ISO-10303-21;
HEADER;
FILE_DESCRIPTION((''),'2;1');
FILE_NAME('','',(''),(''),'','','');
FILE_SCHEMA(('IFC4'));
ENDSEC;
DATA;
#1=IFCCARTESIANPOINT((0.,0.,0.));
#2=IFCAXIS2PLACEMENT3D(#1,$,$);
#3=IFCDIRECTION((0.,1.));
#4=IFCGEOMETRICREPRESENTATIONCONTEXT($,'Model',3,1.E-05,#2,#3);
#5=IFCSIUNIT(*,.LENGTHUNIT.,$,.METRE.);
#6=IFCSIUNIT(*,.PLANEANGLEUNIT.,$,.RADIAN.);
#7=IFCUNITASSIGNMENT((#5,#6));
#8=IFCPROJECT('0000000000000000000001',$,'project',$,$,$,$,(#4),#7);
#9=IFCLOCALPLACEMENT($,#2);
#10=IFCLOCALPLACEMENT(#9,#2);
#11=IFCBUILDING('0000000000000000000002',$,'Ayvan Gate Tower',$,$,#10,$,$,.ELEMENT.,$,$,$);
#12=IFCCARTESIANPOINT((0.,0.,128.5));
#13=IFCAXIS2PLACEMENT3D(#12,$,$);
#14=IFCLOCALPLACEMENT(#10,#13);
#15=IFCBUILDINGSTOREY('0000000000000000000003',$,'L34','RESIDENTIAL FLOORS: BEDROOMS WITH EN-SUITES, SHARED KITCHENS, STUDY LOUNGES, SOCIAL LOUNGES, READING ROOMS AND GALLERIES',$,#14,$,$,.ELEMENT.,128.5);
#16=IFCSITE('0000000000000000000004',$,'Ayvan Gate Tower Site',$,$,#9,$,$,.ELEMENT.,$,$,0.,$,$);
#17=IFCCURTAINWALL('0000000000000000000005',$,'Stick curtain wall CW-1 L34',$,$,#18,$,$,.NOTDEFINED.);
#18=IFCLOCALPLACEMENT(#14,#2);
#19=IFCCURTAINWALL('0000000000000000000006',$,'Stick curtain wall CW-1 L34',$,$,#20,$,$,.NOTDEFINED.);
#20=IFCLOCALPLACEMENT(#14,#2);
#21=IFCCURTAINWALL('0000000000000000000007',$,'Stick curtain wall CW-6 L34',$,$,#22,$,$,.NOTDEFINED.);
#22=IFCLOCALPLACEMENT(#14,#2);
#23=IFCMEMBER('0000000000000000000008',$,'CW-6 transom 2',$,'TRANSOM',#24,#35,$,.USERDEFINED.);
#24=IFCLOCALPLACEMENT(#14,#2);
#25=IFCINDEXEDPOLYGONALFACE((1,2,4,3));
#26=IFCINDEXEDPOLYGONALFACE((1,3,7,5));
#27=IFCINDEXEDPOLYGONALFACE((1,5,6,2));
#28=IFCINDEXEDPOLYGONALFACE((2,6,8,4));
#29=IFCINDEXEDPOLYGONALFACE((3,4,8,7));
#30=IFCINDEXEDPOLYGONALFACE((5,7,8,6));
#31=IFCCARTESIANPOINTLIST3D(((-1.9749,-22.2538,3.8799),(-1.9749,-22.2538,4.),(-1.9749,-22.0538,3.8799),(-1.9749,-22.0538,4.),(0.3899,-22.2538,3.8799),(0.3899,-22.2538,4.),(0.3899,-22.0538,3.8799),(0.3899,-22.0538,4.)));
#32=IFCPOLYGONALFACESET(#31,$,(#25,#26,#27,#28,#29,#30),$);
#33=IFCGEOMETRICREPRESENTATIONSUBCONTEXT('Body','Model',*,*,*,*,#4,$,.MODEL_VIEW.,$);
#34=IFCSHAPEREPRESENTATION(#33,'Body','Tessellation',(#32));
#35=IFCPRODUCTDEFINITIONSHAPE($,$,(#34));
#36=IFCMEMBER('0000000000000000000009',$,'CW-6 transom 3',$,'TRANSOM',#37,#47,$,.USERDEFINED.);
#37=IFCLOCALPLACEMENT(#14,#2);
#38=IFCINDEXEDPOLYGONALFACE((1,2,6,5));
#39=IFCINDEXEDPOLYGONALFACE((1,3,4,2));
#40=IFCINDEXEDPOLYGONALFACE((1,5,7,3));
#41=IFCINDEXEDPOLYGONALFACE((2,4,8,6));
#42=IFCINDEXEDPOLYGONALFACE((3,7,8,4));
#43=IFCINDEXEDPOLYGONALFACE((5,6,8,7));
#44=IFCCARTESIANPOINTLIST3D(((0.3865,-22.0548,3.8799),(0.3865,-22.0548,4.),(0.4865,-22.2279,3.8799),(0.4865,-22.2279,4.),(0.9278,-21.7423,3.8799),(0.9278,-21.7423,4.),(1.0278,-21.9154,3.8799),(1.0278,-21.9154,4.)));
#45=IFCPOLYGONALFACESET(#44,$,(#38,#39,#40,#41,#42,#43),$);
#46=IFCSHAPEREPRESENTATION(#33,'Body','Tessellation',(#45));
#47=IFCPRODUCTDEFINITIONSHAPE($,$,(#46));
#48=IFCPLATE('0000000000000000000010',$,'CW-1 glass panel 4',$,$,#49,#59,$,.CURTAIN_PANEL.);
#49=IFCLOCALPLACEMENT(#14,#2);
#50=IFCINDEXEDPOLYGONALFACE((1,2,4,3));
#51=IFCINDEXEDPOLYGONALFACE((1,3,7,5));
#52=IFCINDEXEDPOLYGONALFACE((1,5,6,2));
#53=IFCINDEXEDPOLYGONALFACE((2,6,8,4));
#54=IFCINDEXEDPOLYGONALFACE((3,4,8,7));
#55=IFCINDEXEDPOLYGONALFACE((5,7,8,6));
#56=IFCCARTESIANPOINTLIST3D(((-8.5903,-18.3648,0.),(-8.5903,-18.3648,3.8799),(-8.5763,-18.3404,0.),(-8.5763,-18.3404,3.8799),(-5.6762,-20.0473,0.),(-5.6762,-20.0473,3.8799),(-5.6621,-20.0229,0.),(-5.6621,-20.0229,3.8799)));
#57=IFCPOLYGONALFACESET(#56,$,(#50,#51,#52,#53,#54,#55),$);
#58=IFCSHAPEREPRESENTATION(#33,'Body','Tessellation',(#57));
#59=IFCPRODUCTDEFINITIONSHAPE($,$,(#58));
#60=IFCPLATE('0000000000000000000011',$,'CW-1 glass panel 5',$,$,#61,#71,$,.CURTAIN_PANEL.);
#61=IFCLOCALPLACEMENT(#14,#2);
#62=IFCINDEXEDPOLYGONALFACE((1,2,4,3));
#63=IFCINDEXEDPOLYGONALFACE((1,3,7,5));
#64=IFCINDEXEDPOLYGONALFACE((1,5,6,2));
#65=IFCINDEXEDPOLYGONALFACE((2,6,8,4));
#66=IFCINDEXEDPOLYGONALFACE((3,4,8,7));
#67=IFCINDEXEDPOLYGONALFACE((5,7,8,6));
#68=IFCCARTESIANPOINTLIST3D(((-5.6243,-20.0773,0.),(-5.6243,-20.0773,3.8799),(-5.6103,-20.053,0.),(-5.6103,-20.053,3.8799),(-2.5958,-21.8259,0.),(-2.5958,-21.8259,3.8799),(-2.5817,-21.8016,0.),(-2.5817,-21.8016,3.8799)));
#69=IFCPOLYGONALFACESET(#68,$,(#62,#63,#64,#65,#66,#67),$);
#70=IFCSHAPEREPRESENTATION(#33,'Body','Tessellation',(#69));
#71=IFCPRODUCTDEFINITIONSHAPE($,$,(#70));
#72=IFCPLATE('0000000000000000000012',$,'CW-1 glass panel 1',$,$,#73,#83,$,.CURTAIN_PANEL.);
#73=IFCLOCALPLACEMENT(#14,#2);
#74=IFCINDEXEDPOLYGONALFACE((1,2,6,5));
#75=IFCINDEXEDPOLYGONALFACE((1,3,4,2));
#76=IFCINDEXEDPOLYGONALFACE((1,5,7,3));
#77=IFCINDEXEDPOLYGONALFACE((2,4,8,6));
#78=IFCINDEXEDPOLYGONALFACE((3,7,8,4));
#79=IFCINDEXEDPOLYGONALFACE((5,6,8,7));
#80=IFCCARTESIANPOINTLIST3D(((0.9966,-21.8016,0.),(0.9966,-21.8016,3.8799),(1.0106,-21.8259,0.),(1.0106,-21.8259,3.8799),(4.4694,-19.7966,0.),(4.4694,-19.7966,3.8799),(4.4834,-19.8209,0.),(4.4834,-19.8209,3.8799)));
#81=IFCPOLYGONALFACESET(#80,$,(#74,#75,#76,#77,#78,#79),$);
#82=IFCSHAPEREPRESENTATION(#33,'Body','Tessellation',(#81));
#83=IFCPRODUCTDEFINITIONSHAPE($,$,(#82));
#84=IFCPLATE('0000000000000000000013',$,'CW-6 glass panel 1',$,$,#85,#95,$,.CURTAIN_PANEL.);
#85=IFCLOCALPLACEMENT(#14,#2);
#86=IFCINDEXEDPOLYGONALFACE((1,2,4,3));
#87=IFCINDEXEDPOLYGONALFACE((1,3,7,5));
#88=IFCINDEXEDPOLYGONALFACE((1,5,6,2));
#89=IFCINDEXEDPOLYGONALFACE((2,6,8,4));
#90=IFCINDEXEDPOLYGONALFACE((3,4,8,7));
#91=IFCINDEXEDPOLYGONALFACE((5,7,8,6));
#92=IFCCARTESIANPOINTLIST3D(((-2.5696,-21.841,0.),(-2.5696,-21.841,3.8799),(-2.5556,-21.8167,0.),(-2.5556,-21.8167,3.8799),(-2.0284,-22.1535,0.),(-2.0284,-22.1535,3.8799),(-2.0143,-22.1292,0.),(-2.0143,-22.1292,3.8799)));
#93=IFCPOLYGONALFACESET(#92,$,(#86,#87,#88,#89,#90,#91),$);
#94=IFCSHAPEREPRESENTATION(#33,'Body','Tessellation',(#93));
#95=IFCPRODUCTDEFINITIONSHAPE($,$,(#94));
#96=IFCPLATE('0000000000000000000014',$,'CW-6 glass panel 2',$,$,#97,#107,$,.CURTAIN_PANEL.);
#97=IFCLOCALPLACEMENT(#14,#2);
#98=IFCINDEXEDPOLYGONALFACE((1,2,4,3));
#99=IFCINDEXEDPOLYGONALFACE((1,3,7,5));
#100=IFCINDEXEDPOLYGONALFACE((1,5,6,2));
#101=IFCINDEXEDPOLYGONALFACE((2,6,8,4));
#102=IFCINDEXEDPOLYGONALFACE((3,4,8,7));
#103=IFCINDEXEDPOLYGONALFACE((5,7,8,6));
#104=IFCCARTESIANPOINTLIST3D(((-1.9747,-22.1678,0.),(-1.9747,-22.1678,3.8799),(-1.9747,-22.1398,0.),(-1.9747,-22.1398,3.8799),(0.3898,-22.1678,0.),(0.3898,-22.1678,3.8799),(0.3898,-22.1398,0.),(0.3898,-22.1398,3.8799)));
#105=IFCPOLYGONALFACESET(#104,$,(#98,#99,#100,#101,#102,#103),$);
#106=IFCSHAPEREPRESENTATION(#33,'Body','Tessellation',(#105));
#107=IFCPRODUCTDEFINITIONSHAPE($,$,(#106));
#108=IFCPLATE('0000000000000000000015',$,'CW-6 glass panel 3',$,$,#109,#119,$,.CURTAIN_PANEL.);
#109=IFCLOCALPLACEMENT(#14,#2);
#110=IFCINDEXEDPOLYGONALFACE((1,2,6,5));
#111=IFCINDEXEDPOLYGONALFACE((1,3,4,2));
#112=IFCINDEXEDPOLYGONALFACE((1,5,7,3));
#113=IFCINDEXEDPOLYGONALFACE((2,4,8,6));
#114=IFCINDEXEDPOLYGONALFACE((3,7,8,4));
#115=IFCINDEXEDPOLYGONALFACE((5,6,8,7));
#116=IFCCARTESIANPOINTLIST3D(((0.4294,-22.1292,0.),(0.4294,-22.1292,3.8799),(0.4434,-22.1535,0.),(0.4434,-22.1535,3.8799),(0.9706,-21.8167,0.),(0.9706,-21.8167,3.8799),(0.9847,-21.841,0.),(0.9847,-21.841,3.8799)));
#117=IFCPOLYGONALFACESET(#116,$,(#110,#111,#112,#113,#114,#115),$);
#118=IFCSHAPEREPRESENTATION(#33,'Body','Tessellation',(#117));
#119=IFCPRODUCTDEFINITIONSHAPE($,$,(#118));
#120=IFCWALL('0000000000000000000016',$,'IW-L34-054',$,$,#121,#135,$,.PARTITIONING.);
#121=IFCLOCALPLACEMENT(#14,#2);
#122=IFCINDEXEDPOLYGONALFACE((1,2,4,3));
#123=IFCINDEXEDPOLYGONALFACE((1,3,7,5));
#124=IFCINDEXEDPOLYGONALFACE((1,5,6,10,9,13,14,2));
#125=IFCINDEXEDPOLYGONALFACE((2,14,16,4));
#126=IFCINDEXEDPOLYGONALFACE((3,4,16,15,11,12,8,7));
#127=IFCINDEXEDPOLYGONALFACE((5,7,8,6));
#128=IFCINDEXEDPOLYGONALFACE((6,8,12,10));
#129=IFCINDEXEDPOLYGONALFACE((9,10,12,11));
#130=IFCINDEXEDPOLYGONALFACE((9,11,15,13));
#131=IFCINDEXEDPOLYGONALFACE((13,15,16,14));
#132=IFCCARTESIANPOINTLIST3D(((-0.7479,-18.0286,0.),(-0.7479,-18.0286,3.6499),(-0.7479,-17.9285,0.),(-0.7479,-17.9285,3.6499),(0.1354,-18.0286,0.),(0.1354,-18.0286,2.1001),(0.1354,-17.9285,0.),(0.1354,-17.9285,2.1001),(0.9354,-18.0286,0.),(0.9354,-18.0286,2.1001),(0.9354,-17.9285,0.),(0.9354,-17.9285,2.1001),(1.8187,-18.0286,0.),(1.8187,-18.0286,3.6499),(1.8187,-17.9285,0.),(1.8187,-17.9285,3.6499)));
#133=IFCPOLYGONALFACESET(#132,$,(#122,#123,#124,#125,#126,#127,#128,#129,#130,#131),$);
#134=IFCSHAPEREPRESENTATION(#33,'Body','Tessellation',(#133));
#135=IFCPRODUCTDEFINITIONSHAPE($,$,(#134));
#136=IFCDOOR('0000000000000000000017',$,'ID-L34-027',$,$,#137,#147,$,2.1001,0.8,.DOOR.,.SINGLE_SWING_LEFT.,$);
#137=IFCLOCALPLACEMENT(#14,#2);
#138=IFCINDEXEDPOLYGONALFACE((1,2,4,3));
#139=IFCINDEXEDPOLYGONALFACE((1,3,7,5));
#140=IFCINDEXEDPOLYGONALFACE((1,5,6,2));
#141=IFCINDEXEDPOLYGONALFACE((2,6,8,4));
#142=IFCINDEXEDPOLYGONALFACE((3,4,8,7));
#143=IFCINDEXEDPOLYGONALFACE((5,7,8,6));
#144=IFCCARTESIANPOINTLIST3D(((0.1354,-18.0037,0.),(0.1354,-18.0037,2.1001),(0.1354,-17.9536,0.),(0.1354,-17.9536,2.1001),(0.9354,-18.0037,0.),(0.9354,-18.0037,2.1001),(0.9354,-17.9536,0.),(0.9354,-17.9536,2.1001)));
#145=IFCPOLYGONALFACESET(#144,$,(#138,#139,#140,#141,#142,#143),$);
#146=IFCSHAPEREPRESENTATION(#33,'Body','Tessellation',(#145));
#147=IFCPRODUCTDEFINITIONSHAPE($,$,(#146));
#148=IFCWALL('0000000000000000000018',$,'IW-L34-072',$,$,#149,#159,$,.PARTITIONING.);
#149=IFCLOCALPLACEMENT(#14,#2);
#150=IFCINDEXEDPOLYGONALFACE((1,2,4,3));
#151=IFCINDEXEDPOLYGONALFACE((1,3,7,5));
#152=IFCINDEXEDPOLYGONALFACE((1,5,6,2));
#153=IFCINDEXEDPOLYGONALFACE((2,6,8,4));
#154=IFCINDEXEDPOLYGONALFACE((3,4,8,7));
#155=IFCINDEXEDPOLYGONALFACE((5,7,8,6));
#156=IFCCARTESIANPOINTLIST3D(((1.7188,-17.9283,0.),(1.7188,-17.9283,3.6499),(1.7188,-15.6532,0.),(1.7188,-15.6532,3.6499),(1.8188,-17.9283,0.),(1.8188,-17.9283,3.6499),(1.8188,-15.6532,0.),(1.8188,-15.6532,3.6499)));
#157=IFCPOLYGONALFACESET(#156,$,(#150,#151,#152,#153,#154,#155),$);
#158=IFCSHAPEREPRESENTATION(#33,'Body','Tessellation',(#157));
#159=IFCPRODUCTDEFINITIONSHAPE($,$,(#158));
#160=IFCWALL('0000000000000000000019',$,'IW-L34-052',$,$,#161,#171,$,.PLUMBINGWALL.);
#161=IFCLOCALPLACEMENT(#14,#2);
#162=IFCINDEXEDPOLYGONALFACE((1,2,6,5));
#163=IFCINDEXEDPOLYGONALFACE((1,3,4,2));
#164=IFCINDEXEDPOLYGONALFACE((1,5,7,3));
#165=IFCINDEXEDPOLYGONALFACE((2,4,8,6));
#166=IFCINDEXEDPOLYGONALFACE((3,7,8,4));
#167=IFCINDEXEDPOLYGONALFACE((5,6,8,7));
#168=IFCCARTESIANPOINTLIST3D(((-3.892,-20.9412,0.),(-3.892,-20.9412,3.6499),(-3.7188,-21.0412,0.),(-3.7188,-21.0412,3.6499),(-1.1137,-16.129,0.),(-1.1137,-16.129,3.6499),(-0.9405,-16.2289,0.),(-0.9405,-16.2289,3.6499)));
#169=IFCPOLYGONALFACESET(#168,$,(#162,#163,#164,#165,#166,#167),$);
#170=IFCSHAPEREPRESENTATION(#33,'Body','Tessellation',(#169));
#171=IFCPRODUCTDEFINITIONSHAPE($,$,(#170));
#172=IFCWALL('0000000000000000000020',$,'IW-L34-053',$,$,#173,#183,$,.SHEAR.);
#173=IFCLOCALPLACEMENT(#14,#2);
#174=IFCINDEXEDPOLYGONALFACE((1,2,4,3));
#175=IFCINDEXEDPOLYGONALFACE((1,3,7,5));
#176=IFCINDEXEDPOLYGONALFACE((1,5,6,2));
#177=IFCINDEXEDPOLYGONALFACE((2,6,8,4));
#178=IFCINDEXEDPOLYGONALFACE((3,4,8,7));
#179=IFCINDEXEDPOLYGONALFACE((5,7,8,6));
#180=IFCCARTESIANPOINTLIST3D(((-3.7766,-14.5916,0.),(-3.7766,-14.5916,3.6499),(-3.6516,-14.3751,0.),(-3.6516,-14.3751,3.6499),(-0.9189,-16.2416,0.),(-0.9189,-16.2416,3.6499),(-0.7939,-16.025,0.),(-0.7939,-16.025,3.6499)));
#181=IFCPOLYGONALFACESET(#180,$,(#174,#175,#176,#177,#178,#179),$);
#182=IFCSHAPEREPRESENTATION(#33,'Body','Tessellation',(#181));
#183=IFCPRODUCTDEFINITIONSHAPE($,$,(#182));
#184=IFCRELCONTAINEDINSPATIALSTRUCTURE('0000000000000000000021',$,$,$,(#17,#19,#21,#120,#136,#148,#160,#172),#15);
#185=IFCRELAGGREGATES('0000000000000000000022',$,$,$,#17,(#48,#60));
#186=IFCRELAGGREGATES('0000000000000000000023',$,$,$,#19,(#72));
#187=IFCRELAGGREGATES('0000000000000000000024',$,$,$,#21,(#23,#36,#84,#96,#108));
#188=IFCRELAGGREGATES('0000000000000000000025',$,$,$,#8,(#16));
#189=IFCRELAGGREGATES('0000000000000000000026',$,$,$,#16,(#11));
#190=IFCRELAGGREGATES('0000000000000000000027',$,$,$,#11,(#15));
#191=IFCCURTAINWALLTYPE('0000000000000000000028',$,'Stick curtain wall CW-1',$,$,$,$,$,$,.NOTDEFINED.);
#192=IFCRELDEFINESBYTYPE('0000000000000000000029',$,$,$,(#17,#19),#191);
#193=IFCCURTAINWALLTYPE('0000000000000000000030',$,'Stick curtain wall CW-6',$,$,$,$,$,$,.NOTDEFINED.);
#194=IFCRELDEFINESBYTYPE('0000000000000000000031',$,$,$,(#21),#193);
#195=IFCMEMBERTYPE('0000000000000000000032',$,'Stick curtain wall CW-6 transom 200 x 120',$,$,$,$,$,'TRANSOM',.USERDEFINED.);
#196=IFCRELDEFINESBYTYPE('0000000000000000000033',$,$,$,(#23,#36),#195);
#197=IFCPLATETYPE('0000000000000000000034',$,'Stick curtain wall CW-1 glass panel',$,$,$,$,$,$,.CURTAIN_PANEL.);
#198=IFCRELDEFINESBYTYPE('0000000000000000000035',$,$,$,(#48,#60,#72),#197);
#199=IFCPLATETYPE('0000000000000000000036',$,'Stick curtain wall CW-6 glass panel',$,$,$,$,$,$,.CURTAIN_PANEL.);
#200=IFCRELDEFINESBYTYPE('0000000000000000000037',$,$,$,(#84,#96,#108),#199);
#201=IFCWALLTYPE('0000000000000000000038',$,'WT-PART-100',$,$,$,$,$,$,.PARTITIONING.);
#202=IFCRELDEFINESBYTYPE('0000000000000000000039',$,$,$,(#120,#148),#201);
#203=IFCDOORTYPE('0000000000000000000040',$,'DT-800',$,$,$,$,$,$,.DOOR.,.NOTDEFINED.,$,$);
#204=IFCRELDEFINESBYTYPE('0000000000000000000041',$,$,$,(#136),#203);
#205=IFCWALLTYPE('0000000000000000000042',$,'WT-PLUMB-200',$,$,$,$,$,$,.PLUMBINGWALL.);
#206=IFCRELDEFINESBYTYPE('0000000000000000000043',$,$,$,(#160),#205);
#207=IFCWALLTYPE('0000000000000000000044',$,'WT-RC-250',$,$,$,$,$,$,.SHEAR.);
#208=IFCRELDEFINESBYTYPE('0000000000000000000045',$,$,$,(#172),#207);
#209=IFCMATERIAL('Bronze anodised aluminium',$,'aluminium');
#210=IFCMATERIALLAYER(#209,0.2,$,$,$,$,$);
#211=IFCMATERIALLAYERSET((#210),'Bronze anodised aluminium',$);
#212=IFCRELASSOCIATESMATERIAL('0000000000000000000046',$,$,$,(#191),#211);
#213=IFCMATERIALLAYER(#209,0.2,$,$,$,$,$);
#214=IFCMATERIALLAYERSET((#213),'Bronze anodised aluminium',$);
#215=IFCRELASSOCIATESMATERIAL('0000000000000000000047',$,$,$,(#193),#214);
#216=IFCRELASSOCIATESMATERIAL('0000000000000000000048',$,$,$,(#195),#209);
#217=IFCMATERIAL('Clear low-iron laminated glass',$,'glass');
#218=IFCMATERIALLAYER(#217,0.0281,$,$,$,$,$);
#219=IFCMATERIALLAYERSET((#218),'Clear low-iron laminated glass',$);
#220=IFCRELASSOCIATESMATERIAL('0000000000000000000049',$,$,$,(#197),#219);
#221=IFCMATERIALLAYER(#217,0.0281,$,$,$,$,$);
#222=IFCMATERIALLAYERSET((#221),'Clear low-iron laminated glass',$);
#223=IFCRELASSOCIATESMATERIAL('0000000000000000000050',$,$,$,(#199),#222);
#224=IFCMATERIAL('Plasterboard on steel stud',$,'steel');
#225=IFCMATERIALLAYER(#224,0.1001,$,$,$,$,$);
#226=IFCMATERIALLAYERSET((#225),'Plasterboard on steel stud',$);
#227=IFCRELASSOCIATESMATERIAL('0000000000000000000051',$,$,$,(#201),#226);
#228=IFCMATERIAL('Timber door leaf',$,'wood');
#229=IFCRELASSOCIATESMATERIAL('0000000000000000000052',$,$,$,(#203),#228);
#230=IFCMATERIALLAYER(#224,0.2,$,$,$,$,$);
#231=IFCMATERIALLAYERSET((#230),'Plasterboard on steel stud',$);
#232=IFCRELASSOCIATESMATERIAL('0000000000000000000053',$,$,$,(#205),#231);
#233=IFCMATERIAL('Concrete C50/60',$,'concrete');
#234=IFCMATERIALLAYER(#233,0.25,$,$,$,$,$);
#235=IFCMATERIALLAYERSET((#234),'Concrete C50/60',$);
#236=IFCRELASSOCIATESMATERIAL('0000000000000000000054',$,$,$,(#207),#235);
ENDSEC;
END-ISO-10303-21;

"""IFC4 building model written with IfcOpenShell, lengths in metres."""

from ifc_helpers import new_model, si_unit, direction, frame, frame_2d, origin, origin_2d, place, context, subcontext, project, spatial, rectangle, extrude, material, layer, layer_set, material_profile, profile_set, type_object, element, fill, aggregate, save


model = new_model("IFC4")

# Units and contexts
model_context = context("Model", 3, precision=1e-05, world=origin(), true_north=direction((0.0, 1.0)))
body_context = subcontext(model_context, "Body", "Model", "MODEL_VIEW")
ifc_project = project(units=[si_unit("LENGTHUNIT", "METRE"), si_unit("PLANEANGLEUNIT", "RADIAN")], contexts=[model_context])

# Site, building, storey
site_placement = place(None, origin())
site = spatial("IfcSite", under=ifc_project, at=site_placement, Name="Ayvan Gate Tower Site", CompositionType="ELEMENT", RefElevation=0.0)
building_placement = place(site_placement, origin())
building = spatial("IfcBuilding", under=site, at=building_placement, Name="Ayvan Gate Tower", CompositionType="ELEMENT")
storey_placement = place(building_placement, frame((0.0, 0.0, 128.5)))
storey = spatial("IfcBuildingStorey", under=building, at=storey_placement, Name="L34", Description="RESIDENTIAL FLOORS: BEDROOMS WITH EN-SUITES, SHARED KITCHENS, STUDY LOUNGES, SOCIAL LOUNGES, READING ROOMS AND GALLERIES", CompositionType="ELEMENT", Elevation=128.5)

# Curtain wall
ifc_material_1 = material(Name="Bronze anodised aluminium", Category="aluminium")
ifc_layer_1 = layer(ifc_material_1, 0.2)
ifc_layer_set_1 = layer_set([ifc_layer_1], Name="Bronze anodised aluminium")
curtain_wall_type_1 = type_object("IfcCurtainWallType", Name="Stick curtain wall CW-1", PredefinedType="NOTDEFINED", material=ifc_layer_set_1)
curtain_wall_1_placement = place(storey_placement, origin())
curtain_wall_1 = element("IfcCurtainWall", 1, at=curtain_wall_1_placement, inside=storey, type_object=curtain_wall_type_1, Name="Stick curtain wall CW-1 L34", PredefinedType="NOTDEFINED")

# Curtain wall
curtain_wall_2_placement = place(storey_placement, origin())
curtain_wall_2 = element("IfcCurtainWall", 2, at=curtain_wall_2_placement, inside=storey, type_object=curtain_wall_type_1, Name="Stick curtain wall CW-1 L34", PredefinedType="NOTDEFINED")

# Curtain wall, members
ifc_layer_2 = layer(ifc_material_1, 0.2)
ifc_layer_set_2 = layer_set([ifc_layer_2], Name="Bronze anodised aluminium")
curtain_wall_type_2 = type_object("IfcCurtainWallType", Name="Stick curtain wall CW-6", PredefinedType="NOTDEFINED", material=ifc_layer_set_2)
curtain_wall_3_placement = place(storey_placement, origin())
curtain_wall_3 = element("IfcCurtainWall", 3, at=curtain_wall_3_placement, inside=storey, type_object=curtain_wall_type_2, Name="Stick curtain wall CW-6 L34", PredefinedType="NOTDEFINED")
ifc_material_profile_1 = material_profile(ifc_material_1, rectangle(XDim=0.2, YDim=0.1201, at=origin_2d()), Name="Stick curtain wall CW-6 transom 200 x 120")
ifc_profile_set_1 = profile_set([ifc_material_profile_1], Name="Bronze anodised aluminium")
member_type_1 = type_object("IfcMemberType", Name="Stick curtain wall CW-6 transom 200 x 120", ElementType="TRANSOM", PredefinedType="USERDEFINED", material=ifc_profile_set_1)
member_1_placement = place(storey_placement, frame((-1.9749, -22.1538, 3.9399), z_axis=(1.0, 0.0, 0.0), x_axis=(0.0, 1.0, 0.0)))
member_1 = element("IfcMember", 4, at=member_1_placement, type_object=member_type_1, Name="CW-6 transom 2", ObjectType="TRANSOM", PredefinedType="USERDEFINED", context=body_context, shape_type="SweptSolid", body=[
    extrude(rectangle(XDim=0.2, YDim=0.1201, at=origin_2d()), origin(), (0.0, 0.0, 1.0), 2.3647),
])
member_2_placement = place(storey_placement, frame((0.4365, -22.1414, 3.9399), z_axis=(0.866023, 0.500004, 0.0), x_axis=(-0.500004, 0.866023, 0.0)))
member_2 = element("IfcMember", 5, at=member_2_placement, type_object=member_type_1, Name="CW-6 transom 3", ObjectType="TRANSOM", PredefinedType="USERDEFINED", context=body_context, shape_type="SweptSolid", body=[
    extrude(rectangle(XDim=0.2, YDim=0.1201, at=origin_2d()), origin(), (0.0, 0.0, 1.0), 0.625),
])

# Plates
ifc_material_2 = material(Name="Clear low-iron laminated glass", Category="glass")
ifc_layer_3 = layer(ifc_material_2, 0.0281)
ifc_layer_set_3 = layer_set([ifc_layer_3], Name="Clear low-iron laminated glass")
plate_type_1 = type_object("IfcPlateType", Name="Stick curtain wall CW-1 glass panel", PredefinedType="CURTAIN_PANEL", material=ifc_layer_set_3)
plate_1_placement = place(storey_placement, frame((-7.1262, -19.1938, 0.0), z_axis=(0.0, 0.0, 1.0), x_axis=(0.866025, -0.5, 0.0)))
plate_1 = element("IfcPlate", 6, at=plate_1_placement, type_object=plate_type_1, Name="CW-1 glass panel 4", PredefinedType="CURTAIN_PANEL", context=body_context, shape_type="SweptSolid", body=[
    extrude(rectangle(XDim=3.365, YDim=0.0281, at=origin_2d()), origin(), (0.0, 0.0, 1.0), 3.8799),
])
plate_2_placement = place(storey_placement, frame((-4.103, -20.9395, 0.0), z_axis=(0.0, 0.0, 1.0), x_axis=(0.866025, -0.5, 0.0)))
plate_2 = element("IfcPlate", 7, at=plate_2_placement, type_object=plate_type_1, Name="CW-1 glass panel 5", PredefinedType="CURTAIN_PANEL", context=body_context, shape_type="SweptSolid", body=[
    extrude(rectangle(XDim=3.4971, YDim=0.0281, at=origin_2d()), origin(), (0.0, 0.0, 1.0), 3.8799),
])
aggregate(curtain_wall_1, [plate_1, plate_2])
plate_3_placement = place(storey_placement, frame((2.74, -20.8113, 0.0), z_axis=(0.0, 0.0, 1.0), x_axis=(0.866025, 0.5, 0.0)))
plate_3 = element("IfcPlate", 8, at=plate_3_placement, type_object=plate_type_1, Name="CW-1 glass panel 1", PredefinedType="CURTAIN_PANEL", context=body_context, shape_type="SweptSolid", body=[
    extrude(rectangle(XDim=4.01, YDim=0.0281, at=origin_2d()), origin(), (0.0, 0.0, 1.0), 3.8799),
])
aggregate(curtain_wall_2, [plate_3])
ifc_layer_4 = layer(ifc_material_2, 0.0281)
ifc_layer_set_4 = layer_set([ifc_layer_4], Name="Clear low-iron laminated glass")
plate_type_2 = type_object("IfcPlateType", Name="Stick curtain wall CW-6 glass panel", PredefinedType="CURTAIN_PANEL", material=ifc_layer_set_4)
plate_4_placement = place(storey_placement, frame((-2.292, -21.9851, 0.0), z_axis=(0.0, 0.0, 1.0), x_axis=(0.866025, -0.5, 0.0)))
plate_4 = element("IfcPlate", 9, at=plate_4_placement, type_object=plate_type_2, Name="CW-6 glass panel 1", PredefinedType="CURTAIN_PANEL", context=body_context, shape_type="SweptSolid", body=[
    extrude(rectangle(XDim=0.625, YDim=0.0281, at=origin_2d()), origin(), (0.0, 0.0, 1.0), 3.8799),
])
plate_5_placement = place(storey_placement, frame((-0.7925, -22.1538, 0.0), z_axis=(0.0, 0.0, 1.0), x_axis=(1.0, 0.0, 0.0)))
plate_5 = element("IfcPlate", 10, at=plate_5_placement, type_object=plate_type_2, Name="CW-6 glass panel 2", PredefinedType="CURTAIN_PANEL", context=body_context, shape_type="SweptSolid", body=[
    extrude(rectangle(XDim=2.3645, YDim=0.0281, at=origin_2d()), origin(), (0.0, 0.0, 1.0), 3.8799),
])
plate_6_placement = place(storey_placement, frame((0.707, -21.9851, 0.0), z_axis=(0.0, 0.0, 1.0), x_axis=(0.866025, 0.5, 0.0)))
plate_6 = element("IfcPlate", 11, at=plate_6_placement, type_object=plate_type_2, Name="CW-6 glass panel 3", PredefinedType="CURTAIN_PANEL", context=body_context, shape_type="SweptSolid", body=[
    extrude(rectangle(XDim=0.625, YDim=0.0281, at=origin_2d()), origin(), (0.0, 0.0, 1.0), 3.8799),
])
aggregate(curtain_wall_3, [member_1, member_2, plate_4, plate_5, plate_6])

# Wall, opening, door
ifc_material_3 = material(Name="Plasterboard on steel stud", Category="steel")
ifc_layer_5 = layer(ifc_material_3, 0.1001)
ifc_layer_set_5 = layer_set([ifc_layer_5], Name="Plasterboard on steel stud")
wall_type_1 = type_object("IfcWallType", Name="WT-PART-100", PredefinedType="PARTITIONING", material=ifc_layer_set_5)
wall_1_placement = place(storey_placement, frame((-0.7478, -17.9785, 0.0), z_axis=(0.0, 0.0, 1.0), x_axis=(1.0, 0.0, 0.0)))
wall_1 = element("IfcWall", 12, at=wall_1_placement, inside=storey, type_object=wall_type_1, Name="IW-L34-054", PredefinedType="PARTITIONING", context=body_context, shape_type="SweptSolid", body=[
    extrude(rectangle(XDim=2.5667, YDim=0.1001, at=frame_2d((1.2832, 0.0))), origin(), (0.0, 0.0, 1.0), 3.6499),
])
opening_placement = place(wall_1_placement, frame((0.8833, 0.0, 0.0)))
opening = element("IfcOpeningElement", 13, at=opening_placement, cuts=wall_1, PredefinedType="OPENING", context=body_context, shape_type="SweptSolid", body=[
    extrude(rectangle(XDim=0.8, YDim=2.1001, at=frame_2d((0.3999, 1.05))), frame((0.0, 0.0601, 0.0), z_axis=(0.0, -1.0, 0.0), x_axis=(1.0, 0.0, 0.0)), (0.0, 0.0, 1.0), 0.1201),
])
ifc_material_4 = material(Name="Timber door leaf", Category="wood")
door_type = type_object("IfcDoorType", Name="DT-800", OperationType="NOTDEFINED", PredefinedType="DOOR", material=ifc_material_4)
door_placement = place(opening_placement, origin())
door = element("IfcDoor", 14, at=door_placement, inside=storey, type_object=door_type, Name="ID-L34-027", OperationType="SINGLE_SWING_LEFT", OverallHeight=2.1001, OverallWidth=0.8, PredefinedType="DOOR", context=body_context, shape_type="SweptSolid", body=[
    extrude(rectangle(XDim=0.8, YDim=2.1001, at=frame_2d((0.3999, 1.05))), frame((0.0, 0.0249, 0.0), z_axis=(0.0, -1.0, 0.0), x_axis=(1.0, 0.0, 0.0)), (0.0, 0.0, 1.0), 0.05),
])
fill(opening, door)

# Walls
wall_2_placement = place(storey_placement, frame((1.7688, -17.9285, 0.0), z_axis=(0.0, 0.0, 1.0), x_axis=(0.0, 1.0, 0.0)))
element("IfcWall", 15, at=wall_2_placement, inside=storey, type_object=wall_type_1, Name="IW-L34-072", PredefinedType="PARTITIONING", context=body_context, shape_type="SweptSolid", body=[
    extrude(rectangle(XDim=2.2751, YDim=0.1001, at=frame_2d((1.1377, 0.0))), origin(), (0.0, 0.0, 1.0), 3.6499),
])
ifc_layer_6 = layer(ifc_material_3, 0.2)
ifc_layer_set_6 = layer_set([ifc_layer_6], Name="Plasterboard on steel stud")
wall_type_2 = type_object("IfcWallType", Name="WT-PLUMB-200", PredefinedType="PLUMBINGWALL", material=ifc_layer_set_6)
wall_3_placement = place(storey_placement, frame((-1.0271, -16.179, 0.0), z_axis=(0.0, 0.0, 1.0), x_axis=(-0.499995, -0.866028, 0.0)))
element("IfcWall", 16, at=wall_3_placement, inside=storey, type_object=wall_type_2, Name="IW-L34-052", PredefinedType="PLUMBINGWALL", context=body_context, shape_type="SweptSolid", body=[
    extrude(rectangle(XDim=5.5566, YDim=0.2, at=frame_2d((2.7783, 0.0))), origin(), (0.0, 0.0, 1.0), 3.6499),
])
ifc_material_5 = material(Name="Concrete C50/60", Category="concrete")
ifc_layer_7 = layer(ifc_material_5, 0.25)
ifc_layer_set_7 = layer_set([ifc_layer_7], Name="Concrete C50/60")
wall_type_3 = type_object("IfcWallType", Name="WT-RC-250", PredefinedType="SHEAR", material=ifc_layer_set_7)
wall_4_placement = place(storey_placement, frame((-0.8564, -16.1333, 0.0), z_axis=(0.0, 0.0, 1.0), x_axis=(-0.866022, 0.500006, 0.0)))
element("IfcWall", 17, at=wall_4_placement, inside=storey, type_object=wall_type_3, Name="IW-L34-053", PredefinedType="SHEAR", context=body_context, shape_type="SweptSolid", body=[
    extrude(rectangle(XDim=3.2998, YDim=0.25, at=frame_2d((1.6499, 0.0))), origin(), (0.0, 0.0, 1.0), 3.6499),
])

save(model, "model.ifc")
